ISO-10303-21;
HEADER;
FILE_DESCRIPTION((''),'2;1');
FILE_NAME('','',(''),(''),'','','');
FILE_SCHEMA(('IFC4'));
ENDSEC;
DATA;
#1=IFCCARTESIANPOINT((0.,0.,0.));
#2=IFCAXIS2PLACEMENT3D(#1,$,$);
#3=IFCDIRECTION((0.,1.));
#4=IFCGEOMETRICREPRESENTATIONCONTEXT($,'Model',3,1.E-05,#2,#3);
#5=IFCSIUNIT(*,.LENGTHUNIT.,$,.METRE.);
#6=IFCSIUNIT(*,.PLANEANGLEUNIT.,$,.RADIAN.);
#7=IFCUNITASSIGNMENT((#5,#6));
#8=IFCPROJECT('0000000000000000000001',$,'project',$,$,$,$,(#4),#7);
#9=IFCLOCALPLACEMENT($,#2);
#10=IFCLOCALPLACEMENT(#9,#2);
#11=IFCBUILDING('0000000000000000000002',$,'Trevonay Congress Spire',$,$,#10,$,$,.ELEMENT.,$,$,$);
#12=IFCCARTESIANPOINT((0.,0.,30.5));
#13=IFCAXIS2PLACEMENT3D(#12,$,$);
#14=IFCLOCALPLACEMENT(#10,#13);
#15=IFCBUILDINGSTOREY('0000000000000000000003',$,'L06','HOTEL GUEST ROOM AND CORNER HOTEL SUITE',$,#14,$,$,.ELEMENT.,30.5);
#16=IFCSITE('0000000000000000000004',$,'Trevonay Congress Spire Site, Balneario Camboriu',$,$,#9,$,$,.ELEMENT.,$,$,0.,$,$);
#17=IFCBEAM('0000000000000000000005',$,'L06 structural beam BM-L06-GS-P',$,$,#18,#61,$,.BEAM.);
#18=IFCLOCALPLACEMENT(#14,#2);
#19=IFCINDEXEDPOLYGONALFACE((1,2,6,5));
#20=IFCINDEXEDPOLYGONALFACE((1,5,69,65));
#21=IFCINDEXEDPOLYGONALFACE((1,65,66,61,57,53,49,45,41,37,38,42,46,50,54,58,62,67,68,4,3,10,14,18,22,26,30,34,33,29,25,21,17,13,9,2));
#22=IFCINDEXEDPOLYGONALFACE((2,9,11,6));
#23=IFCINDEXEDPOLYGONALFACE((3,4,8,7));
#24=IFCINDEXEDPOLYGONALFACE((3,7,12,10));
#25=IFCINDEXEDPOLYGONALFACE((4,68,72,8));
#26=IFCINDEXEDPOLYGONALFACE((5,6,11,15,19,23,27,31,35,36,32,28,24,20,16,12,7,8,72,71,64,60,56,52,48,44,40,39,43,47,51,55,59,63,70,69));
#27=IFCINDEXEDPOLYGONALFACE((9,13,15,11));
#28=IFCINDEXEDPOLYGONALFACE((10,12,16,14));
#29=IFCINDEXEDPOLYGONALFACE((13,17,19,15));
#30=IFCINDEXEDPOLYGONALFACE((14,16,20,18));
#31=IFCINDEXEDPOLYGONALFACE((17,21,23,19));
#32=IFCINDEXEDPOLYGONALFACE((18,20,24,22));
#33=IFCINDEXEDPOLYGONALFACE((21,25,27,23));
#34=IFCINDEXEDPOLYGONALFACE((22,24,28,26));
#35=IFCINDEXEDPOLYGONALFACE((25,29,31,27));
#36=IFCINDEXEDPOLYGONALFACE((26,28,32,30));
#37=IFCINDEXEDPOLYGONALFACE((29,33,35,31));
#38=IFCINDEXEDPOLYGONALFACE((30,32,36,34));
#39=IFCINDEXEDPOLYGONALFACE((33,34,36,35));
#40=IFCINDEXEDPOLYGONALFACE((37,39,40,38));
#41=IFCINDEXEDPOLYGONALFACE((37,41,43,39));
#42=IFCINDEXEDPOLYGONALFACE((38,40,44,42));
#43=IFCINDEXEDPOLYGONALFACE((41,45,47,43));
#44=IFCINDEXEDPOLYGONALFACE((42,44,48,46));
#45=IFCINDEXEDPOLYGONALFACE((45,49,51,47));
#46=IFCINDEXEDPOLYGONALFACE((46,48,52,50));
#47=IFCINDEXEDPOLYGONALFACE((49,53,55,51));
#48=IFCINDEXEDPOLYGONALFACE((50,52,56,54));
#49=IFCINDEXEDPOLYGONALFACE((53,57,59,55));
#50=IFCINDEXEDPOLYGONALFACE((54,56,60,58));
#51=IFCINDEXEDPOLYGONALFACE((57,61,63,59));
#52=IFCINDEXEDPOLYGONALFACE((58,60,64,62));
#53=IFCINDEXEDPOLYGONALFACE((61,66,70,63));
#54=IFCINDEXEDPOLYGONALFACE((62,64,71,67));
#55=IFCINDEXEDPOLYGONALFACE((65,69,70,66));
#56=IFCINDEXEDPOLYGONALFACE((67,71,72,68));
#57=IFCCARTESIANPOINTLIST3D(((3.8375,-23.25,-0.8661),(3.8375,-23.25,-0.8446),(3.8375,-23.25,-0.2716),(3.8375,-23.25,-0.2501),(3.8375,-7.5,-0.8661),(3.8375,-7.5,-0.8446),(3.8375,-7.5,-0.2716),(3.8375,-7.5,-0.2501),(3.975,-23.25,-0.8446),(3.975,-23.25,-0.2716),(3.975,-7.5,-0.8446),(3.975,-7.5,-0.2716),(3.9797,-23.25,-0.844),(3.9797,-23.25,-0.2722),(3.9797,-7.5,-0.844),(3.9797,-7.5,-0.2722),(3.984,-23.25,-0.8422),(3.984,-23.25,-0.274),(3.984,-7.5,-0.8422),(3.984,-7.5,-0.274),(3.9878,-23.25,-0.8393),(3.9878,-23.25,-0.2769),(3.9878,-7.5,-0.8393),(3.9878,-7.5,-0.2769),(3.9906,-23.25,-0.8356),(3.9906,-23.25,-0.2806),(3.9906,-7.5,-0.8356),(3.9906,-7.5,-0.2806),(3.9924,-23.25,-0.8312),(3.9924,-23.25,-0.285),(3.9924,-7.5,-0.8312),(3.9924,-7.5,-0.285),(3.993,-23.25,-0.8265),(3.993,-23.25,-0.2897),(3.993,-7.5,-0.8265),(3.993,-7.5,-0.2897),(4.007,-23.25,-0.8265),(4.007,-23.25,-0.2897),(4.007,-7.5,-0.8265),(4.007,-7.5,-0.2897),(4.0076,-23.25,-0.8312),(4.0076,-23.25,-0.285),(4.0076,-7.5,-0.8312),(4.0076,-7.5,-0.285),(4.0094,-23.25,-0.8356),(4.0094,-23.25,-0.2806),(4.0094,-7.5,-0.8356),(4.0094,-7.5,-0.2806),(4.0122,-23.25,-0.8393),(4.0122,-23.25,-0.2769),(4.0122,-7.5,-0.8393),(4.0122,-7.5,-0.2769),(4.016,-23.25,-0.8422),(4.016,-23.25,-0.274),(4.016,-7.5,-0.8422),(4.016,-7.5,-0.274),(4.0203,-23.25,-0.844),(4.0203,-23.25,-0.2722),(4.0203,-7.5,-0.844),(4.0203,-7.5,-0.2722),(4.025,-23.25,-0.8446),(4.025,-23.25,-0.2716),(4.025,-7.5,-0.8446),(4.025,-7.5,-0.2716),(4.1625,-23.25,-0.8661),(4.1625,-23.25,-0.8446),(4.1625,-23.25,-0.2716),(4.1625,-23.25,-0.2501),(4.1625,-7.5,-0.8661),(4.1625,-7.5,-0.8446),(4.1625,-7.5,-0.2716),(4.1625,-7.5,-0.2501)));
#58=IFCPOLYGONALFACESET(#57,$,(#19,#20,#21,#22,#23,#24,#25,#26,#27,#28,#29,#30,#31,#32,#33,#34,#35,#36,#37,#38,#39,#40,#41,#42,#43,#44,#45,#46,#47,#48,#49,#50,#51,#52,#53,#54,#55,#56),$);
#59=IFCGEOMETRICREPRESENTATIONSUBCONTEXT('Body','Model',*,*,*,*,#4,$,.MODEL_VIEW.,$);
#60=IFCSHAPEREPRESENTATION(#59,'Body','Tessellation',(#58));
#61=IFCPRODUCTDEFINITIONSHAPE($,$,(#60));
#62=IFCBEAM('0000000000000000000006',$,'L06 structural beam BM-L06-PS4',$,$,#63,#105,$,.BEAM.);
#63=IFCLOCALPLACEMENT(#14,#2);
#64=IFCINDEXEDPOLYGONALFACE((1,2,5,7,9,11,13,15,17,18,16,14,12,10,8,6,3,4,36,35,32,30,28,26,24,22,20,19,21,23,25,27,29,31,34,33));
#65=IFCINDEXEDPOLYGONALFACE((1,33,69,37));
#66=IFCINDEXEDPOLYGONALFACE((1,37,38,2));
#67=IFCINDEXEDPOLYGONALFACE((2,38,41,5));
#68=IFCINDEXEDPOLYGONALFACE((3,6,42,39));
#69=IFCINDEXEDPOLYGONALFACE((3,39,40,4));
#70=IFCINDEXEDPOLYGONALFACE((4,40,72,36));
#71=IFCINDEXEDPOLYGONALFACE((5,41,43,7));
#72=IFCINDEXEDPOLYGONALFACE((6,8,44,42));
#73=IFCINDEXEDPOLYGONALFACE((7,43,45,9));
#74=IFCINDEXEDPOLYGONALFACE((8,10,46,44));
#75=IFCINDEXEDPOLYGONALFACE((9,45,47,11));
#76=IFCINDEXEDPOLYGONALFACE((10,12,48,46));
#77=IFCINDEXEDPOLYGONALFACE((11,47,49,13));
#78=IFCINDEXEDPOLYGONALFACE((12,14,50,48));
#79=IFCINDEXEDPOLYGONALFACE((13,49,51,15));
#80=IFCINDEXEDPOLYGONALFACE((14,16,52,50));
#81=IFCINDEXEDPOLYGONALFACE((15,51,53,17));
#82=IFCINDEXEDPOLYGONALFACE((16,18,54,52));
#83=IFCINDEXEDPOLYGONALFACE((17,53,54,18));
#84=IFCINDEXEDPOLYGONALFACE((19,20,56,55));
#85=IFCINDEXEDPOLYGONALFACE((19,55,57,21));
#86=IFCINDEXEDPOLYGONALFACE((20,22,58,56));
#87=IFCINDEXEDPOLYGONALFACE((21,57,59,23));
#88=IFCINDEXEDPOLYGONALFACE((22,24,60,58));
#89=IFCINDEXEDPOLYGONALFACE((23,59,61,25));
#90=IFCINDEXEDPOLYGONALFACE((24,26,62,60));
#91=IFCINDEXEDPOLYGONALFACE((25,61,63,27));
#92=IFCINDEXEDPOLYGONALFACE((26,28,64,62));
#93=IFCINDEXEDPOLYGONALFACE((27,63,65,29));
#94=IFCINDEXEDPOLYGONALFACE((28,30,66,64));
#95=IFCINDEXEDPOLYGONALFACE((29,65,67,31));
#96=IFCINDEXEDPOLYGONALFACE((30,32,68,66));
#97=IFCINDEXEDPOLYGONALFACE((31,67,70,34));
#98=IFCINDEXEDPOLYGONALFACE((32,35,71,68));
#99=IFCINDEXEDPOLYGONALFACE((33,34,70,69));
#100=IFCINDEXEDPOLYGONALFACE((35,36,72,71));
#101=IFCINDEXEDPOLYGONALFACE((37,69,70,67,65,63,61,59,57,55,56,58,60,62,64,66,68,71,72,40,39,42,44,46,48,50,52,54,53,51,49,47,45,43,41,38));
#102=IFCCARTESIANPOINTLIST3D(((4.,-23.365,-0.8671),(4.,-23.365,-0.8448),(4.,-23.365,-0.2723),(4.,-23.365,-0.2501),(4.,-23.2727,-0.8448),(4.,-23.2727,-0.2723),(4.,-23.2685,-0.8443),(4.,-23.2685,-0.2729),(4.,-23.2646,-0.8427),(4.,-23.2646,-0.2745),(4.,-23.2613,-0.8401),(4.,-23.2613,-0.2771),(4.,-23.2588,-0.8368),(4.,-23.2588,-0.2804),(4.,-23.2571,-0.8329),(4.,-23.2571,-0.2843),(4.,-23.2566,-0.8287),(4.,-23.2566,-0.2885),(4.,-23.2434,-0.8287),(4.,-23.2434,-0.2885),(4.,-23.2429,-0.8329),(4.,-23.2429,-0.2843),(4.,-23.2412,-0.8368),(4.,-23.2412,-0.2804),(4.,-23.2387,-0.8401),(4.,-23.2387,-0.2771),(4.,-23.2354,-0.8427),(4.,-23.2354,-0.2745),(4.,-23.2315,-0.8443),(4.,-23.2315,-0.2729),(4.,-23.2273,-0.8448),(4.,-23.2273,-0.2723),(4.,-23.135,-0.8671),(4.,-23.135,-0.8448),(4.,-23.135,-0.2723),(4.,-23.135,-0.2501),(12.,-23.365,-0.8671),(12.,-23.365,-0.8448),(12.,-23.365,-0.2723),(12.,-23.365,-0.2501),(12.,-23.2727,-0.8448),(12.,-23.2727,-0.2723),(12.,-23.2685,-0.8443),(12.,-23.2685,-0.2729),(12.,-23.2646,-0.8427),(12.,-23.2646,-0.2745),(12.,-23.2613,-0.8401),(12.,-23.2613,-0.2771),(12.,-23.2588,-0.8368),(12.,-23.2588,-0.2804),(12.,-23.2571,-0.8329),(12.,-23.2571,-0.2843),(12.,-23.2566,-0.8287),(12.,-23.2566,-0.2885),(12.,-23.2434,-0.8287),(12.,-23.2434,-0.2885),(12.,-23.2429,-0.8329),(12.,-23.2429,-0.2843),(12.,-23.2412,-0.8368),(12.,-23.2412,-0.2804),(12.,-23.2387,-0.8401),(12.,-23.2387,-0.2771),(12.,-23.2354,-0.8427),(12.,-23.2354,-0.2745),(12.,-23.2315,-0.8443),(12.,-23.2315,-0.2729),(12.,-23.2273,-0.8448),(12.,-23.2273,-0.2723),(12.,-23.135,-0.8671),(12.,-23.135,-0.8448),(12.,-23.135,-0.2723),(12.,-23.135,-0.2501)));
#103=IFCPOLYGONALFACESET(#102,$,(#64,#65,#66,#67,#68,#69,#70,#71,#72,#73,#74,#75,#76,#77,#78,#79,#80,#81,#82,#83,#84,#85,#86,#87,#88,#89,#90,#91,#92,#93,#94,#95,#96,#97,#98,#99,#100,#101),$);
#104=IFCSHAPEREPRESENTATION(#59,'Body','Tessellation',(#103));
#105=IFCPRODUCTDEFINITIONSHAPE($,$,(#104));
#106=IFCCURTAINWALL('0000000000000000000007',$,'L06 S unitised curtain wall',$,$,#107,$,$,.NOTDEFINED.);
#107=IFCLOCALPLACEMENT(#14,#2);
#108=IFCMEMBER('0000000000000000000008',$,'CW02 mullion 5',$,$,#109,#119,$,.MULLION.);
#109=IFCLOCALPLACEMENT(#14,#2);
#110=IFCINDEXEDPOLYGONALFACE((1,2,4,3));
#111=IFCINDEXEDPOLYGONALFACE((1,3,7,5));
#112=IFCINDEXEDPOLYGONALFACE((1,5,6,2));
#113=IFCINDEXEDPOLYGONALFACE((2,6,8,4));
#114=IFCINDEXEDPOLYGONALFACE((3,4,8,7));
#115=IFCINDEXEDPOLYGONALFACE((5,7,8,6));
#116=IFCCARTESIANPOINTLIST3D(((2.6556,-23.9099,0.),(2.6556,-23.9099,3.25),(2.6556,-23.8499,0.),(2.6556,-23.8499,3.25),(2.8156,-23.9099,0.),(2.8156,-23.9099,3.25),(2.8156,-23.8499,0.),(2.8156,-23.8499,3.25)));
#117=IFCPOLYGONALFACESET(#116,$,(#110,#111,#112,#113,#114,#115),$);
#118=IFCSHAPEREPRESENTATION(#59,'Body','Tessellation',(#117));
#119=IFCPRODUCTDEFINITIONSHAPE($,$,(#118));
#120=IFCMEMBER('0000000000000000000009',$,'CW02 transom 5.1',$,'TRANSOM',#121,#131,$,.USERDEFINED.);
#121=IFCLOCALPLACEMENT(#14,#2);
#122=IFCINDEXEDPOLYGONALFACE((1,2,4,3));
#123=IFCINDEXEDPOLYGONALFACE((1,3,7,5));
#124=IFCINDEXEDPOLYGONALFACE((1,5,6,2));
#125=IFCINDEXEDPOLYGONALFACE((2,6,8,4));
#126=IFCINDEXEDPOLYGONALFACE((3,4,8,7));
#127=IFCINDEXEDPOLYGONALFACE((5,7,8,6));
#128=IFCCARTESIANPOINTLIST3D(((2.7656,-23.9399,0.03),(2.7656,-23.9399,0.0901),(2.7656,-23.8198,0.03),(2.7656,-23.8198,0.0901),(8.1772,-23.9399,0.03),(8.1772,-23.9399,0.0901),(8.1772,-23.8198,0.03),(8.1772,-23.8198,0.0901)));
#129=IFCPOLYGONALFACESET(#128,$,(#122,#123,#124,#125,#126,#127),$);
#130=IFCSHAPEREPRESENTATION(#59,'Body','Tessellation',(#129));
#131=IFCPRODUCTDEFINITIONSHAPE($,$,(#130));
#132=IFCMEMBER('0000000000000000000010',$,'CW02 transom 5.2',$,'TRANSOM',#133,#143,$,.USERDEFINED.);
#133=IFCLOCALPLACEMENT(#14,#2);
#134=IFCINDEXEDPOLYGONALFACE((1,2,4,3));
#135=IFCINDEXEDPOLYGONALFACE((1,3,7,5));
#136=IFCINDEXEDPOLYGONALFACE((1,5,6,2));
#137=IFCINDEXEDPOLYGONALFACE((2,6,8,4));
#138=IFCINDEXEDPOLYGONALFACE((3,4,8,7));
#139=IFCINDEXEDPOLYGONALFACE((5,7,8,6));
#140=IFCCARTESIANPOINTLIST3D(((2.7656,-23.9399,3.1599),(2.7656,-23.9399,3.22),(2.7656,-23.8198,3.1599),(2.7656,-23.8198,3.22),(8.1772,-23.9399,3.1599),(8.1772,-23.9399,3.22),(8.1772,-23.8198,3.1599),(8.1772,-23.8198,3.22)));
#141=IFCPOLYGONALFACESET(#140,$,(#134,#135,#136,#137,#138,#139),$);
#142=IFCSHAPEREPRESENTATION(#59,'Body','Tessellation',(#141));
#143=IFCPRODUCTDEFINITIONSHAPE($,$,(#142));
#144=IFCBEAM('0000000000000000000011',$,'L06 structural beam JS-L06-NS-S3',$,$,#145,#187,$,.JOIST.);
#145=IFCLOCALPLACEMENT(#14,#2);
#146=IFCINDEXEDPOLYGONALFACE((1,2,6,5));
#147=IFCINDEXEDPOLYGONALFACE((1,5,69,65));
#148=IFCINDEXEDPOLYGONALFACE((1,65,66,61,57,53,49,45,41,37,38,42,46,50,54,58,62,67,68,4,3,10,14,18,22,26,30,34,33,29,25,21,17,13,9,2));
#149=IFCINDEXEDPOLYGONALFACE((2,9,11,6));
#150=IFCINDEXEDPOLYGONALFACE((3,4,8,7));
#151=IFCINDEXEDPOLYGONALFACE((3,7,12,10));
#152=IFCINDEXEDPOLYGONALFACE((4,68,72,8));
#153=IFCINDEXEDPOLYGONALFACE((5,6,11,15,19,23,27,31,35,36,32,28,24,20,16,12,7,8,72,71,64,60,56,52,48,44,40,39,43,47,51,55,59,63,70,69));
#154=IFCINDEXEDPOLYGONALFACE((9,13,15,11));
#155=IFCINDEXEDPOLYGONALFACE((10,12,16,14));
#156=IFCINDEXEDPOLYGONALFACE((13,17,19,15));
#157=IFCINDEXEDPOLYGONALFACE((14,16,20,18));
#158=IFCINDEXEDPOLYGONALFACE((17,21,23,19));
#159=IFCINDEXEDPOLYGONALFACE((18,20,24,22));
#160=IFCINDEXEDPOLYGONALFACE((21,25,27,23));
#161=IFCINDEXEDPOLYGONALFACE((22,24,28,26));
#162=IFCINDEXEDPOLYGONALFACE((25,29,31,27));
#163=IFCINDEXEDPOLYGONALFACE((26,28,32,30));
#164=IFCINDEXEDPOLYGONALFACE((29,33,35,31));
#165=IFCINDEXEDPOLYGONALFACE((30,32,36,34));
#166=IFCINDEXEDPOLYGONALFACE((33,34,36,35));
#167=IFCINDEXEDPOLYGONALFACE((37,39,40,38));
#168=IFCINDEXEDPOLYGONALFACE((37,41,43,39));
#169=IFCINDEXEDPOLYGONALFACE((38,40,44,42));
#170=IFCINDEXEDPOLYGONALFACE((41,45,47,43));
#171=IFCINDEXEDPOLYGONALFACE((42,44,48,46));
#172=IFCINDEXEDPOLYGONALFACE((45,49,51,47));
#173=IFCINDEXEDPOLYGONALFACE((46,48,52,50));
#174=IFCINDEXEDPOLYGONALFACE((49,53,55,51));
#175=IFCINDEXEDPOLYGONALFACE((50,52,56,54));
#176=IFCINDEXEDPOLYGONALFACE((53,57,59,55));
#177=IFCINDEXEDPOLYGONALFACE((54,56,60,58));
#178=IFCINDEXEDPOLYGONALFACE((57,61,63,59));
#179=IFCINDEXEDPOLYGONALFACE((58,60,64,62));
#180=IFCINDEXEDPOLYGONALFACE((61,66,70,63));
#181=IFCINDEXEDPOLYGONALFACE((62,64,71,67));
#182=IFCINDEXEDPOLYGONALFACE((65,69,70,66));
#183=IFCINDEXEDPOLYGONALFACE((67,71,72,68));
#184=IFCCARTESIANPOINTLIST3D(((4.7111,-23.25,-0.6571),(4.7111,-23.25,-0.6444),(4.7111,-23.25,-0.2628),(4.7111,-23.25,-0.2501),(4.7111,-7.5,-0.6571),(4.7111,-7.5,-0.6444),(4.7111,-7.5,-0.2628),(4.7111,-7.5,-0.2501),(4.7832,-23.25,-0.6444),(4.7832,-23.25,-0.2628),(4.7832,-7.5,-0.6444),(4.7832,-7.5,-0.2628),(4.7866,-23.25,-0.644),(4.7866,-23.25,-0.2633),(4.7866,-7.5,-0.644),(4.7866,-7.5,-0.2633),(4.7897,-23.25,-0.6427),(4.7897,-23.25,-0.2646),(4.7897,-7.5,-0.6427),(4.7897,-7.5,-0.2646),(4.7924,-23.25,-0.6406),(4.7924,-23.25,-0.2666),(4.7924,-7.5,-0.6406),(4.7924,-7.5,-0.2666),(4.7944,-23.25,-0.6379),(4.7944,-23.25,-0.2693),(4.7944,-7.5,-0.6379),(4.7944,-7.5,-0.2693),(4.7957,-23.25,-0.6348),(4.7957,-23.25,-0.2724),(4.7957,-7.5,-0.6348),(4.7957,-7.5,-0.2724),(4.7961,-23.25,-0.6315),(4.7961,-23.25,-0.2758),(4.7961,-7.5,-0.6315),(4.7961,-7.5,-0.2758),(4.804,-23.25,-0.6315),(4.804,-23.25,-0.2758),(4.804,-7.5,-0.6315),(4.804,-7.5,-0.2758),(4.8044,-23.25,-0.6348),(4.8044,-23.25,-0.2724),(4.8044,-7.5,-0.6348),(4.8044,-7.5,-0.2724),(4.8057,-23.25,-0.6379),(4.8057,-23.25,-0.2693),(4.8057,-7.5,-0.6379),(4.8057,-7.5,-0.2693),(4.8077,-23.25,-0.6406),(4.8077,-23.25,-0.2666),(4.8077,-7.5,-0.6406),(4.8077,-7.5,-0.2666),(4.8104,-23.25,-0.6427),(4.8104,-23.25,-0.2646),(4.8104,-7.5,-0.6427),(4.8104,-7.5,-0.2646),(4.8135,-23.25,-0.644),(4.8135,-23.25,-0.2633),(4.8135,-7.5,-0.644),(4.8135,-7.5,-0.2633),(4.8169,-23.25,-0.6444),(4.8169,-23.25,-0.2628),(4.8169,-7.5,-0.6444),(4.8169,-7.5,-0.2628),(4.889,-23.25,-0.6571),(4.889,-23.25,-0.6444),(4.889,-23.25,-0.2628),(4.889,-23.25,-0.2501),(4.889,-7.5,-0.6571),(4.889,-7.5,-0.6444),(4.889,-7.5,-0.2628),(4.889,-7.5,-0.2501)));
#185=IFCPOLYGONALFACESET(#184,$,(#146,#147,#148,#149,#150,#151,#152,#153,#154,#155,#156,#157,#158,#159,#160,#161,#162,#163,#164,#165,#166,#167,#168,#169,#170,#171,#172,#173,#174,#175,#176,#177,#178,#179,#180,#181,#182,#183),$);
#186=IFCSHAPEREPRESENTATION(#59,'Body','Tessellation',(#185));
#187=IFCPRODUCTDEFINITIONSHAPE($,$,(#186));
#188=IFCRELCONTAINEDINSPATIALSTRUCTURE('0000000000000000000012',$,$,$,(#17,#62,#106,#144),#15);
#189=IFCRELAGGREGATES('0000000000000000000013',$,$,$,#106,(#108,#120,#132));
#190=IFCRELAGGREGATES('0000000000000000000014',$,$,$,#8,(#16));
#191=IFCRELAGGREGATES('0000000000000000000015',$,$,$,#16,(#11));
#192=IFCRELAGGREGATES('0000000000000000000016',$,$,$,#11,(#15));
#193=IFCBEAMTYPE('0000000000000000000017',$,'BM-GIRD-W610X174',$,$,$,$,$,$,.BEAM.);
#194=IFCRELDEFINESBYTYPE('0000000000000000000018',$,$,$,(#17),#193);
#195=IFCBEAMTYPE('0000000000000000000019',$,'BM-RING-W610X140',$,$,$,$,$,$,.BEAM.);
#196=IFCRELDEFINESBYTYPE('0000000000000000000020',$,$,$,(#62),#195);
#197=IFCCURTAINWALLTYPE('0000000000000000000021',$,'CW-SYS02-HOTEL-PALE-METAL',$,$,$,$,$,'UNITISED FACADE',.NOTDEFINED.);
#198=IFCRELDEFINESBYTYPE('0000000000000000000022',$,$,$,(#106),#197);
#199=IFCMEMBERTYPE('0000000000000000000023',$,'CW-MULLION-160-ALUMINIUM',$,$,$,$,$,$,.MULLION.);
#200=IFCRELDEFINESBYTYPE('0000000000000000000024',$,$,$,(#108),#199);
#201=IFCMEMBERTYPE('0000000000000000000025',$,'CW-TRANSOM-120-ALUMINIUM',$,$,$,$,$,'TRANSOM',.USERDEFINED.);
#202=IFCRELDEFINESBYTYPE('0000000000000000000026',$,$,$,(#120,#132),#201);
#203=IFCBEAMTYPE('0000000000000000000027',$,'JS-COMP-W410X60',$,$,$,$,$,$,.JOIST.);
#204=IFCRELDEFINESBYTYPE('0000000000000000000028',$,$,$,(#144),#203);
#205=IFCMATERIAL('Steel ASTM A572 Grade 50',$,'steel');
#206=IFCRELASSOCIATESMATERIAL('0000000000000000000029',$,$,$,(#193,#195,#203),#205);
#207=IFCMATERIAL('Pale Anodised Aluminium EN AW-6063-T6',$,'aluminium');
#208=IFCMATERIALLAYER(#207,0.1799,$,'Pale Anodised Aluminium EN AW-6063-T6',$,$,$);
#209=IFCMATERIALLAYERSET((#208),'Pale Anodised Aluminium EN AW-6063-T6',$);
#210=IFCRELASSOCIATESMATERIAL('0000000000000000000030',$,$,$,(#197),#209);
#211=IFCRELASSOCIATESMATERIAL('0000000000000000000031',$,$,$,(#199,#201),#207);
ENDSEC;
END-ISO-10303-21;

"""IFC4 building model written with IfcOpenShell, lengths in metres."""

from ifc_helpers import new_model, si_unit, direction, frame, origin, origin_2d, place, context, subcontext, project, spatial, rectangle, i_section, extrude, material, layer, layer_set, material_profile, profile_set, type_object, element, aggregate, save


model = new_model("IFC4")

# Units and contexts
model_context = context("Model", 3, precision=1e-05, world=origin(), true_north=direction((0.0, 1.0)))
body_context = subcontext(model_context, "Body", "Model", "MODEL_VIEW")
ifc_project = project(units=[si_unit("LENGTHUNIT", "METRE"), si_unit("PLANEANGLEUNIT", "RADIAN")], contexts=[model_context])

# Site, building, storey
site_placement = place(None, origin())
site = spatial("IfcSite", under=ifc_project, at=site_placement, Name="Trevonay Congress Spire Site, Balneario Camboriu", CompositionType="ELEMENT", RefElevation=0.0)
building_placement = place(site_placement, origin())
building = spatial("IfcBuilding", under=site, at=building_placement, Name="Trevonay Congress Spire", CompositionType="ELEMENT")
storey_placement = place(building_placement, frame((0.0, 0.0, 30.5)))
storey = spatial("IfcBuildingStorey", under=building, at=storey_placement, Name="L06", Description="HOTEL GUEST ROOM AND CORNER HOTEL SUITE", CompositionType="ELEMENT", Elevation=30.5)

# Shared definitions
ifc_material_1 = material(Name="Steel ASTM A572 Grade 50", Category="steel")

# Beams
ifc_material_profile_1 = material_profile(ifc_material_1, i_section(OverallWidth=0.325, OverallDepth=0.616, WebThickness=0.0139, FlangeThickness=0.0215, FilletRadius=0.0181, at=origin_2d()), Name="W610x174")
ifc_profile_set_1 = profile_set([ifc_material_profile_1], Name="Steel ASTM A572 Grade 50")
beam_type_1 = type_object("IfcBeamType", Name="BM-GIRD-W610X174", PredefinedType="BEAM", material=ifc_profile_set_1)
beam_1_placement = place(storey_placement, frame((4.0, -7.5, -0.5581), z_axis=(0.0, -1.0, 0.0), x_axis=(1.0, 0.0, 0.0)))
element("IfcBeam", 1, at=beam_1_placement, inside=storey, type_object=beam_type_1, Name="L06 structural beam BM-L06-GS-P", PredefinedType="BEAM", context=body_context, shape_type="SweptSolid", body=[
    extrude(i_section(OverallWidth=0.325, OverallDepth=0.616, WebThickness=0.0139, FlangeThickness=0.0215, FilletRadius=0.0181, at=origin_2d()), origin(), (0.0, 0.0, 1.0), 15.75),
])
ifc_material_profile_2 = material_profile(ifc_material_1, i_section(OverallWidth=0.23, OverallDepth=0.6169, WebThickness=0.0132, FlangeThickness=0.0222, FilletRadius=0.0161, at=origin_2d()), Name="W610x140")
ifc_profile_set_2 = profile_set([ifc_material_profile_2], Name="Steel ASTM A572 Grade 50")
beam_type_2 = type_object("IfcBeamType", Name="BM-RING-W610X140", PredefinedType="BEAM", material=ifc_profile_set_2)
beam_2_placement = place(storey_placement, frame((4.0, -23.25, -0.5586), z_axis=(1.0, 0.0, 0.0), x_axis=(0.0, 1.0, 0.0)))
element("IfcBeam", 2, at=beam_2_placement, inside=storey, type_object=beam_type_2, Name="L06 structural beam BM-L06-PS4", PredefinedType="BEAM", context=body_context, shape_type="SweptSolid", body=[
    extrude(i_section(OverallWidth=0.23, OverallDepth=0.6169, WebThickness=0.0132, FlangeThickness=0.0222, FilletRadius=0.0161, at=origin_2d()), origin(), (0.0, 0.0, 1.0), 8.0),
])

# Curtain wall, members
ifc_material_2 = material(Name="Pale Anodised Aluminium EN AW-6063-T6", Category="aluminium")
ifc_layer_1 = layer(ifc_material_2, 0.1799, Name="Pale Anodised Aluminium EN AW-6063-T6")
ifc_layer_set_1 = layer_set([ifc_layer_1], Name="Pale Anodised Aluminium EN AW-6063-T6")
curtain_wall_type = type_object("IfcCurtainWallType", Name="CW-SYS02-HOTEL-PALE-METAL", ElementType="UNITISED FACADE", PredefinedType="NOTDEFINED", material=ifc_layer_set_1)
curtain_wall_placement = place(storey_placement, origin())
curtain_wall = element("IfcCurtainWall", 3, at=curtain_wall_placement, inside=storey, type_object=curtain_wall_type, Name="L06 S unitised curtain wall", PredefinedType="NOTDEFINED")
ifc_material_profile_3 = material_profile(ifc_material_2, rectangle(XDim=0.0601, YDim=0.1599, at=origin_2d()), Name="CW-MULLION-160-ALUMINIUM")
ifc_profile_set_3 = profile_set([ifc_material_profile_3], Name="Pale Anodised Aluminium EN AW-6063-T6")
member_type_1 = type_object("IfcMemberType", Name="CW-MULLION-160-ALUMINIUM", PredefinedType="MULLION", material=ifc_profile_set_3)
member_1_placement = place(storey_placement, frame((2.7356, -23.8799, 0.0), z_axis=(0.0, 0.0, 1.0), x_axis=(0.0, 1.0, 0.0)))
member_1 = element("IfcMember", 4, at=member_1_placement, type_object=member_type_1, Name="CW02 mullion 5", PredefinedType="MULLION", context=body_context, shape_type="SweptSolid", body=[
    extrude(rectangle(XDim=0.0601, YDim=0.1599, at=origin_2d()), origin(), (0.0, 0.0, 1.0), 3.25),
])
ifc_material_profile_4 = material_profile(ifc_material_2, rectangle(XDim=0.1201, YDim=0.0601, at=origin_2d()), Name="CW-TRANSOM-120-ALUMINIUM")
ifc_profile_set_4 = profile_set([ifc_material_profile_4], Name="Pale Anodised Aluminium EN AW-6063-T6")
member_type_2 = type_object("IfcMemberType", Name="CW-TRANSOM-120-ALUMINIUM", ElementType="TRANSOM", PredefinedType="USERDEFINED", material=ifc_profile_set_4)
member_2_placement = place(storey_placement, frame((2.7656, -23.8799, 0.0601), z_axis=(1.0, 0.0, 0.0), x_axis=(0.0, 1.0, 0.0)))
member_2 = element("IfcMember", 5, at=member_2_placement, type_object=member_type_2, Name="CW02 transom 5.1", ObjectType="TRANSOM", PredefinedType="USERDEFINED", context=body_context, shape_type="SweptSolid", body=[
    extrude(rectangle(XDim=0.1201, YDim=0.0601, at=origin_2d()), origin(), (0.0, 0.0, 1.0), 5.4116),
])
member_3_placement = place(storey_placement, frame((2.7656, -23.8799, 3.1899), z_axis=(1.0, 0.0, 0.0), x_axis=(0.0, 1.0, 0.0)))
member_3 = element("IfcMember", 6, at=member_3_placement, type_object=member_type_2, Name="CW02 transom 5.2", ObjectType="TRANSOM", PredefinedType="USERDEFINED", context=body_context, shape_type="SweptSolid", body=[
    extrude(rectangle(XDim=0.1201, YDim=0.0601, at=origin_2d()), origin(), (0.0, 0.0, 1.0), 5.4116),
])

# Beam
ifc_material_profile_5 = material_profile(ifc_material_1, i_section(OverallWidth=0.178, OverallDepth=0.407, WebThickness=0.0078, FlangeThickness=0.0127, FilletRadius=0.0129, at=origin_2d()), Name="W410x60")
ifc_profile_set_5 = profile_set([ifc_material_profile_5], Name="Steel ASTM A572 Grade 50")
beam_type_3 = type_object("IfcBeamType", Name="JS-COMP-W410X60", PredefinedType="JOIST", material=ifc_profile_set_5)
beam_3_placement = place(storey_placement, frame((4.8, -23.25, -0.4536), z_axis=(0.0, 1.0, 0.0), x_axis=(-1.0, 0.0, 0.0)))
element("IfcBeam", 7, at=beam_3_placement, inside=storey, type_object=beam_type_3, Name="L06 structural beam JS-L06-NS-S3", PredefinedType="JOIST", context=body_context, shape_type="SweptSolid", body=[
    extrude(i_section(OverallWidth=0.178, OverallDepth=0.407, WebThickness=0.0078, FlangeThickness=0.0127, FilletRadius=0.0129, at=origin_2d()), origin(), (0.0, 0.0, 1.0), 15.75),
])

aggregate(curtain_wall, [member_1, member_2, member_3])

save(model, "model.ifc")
